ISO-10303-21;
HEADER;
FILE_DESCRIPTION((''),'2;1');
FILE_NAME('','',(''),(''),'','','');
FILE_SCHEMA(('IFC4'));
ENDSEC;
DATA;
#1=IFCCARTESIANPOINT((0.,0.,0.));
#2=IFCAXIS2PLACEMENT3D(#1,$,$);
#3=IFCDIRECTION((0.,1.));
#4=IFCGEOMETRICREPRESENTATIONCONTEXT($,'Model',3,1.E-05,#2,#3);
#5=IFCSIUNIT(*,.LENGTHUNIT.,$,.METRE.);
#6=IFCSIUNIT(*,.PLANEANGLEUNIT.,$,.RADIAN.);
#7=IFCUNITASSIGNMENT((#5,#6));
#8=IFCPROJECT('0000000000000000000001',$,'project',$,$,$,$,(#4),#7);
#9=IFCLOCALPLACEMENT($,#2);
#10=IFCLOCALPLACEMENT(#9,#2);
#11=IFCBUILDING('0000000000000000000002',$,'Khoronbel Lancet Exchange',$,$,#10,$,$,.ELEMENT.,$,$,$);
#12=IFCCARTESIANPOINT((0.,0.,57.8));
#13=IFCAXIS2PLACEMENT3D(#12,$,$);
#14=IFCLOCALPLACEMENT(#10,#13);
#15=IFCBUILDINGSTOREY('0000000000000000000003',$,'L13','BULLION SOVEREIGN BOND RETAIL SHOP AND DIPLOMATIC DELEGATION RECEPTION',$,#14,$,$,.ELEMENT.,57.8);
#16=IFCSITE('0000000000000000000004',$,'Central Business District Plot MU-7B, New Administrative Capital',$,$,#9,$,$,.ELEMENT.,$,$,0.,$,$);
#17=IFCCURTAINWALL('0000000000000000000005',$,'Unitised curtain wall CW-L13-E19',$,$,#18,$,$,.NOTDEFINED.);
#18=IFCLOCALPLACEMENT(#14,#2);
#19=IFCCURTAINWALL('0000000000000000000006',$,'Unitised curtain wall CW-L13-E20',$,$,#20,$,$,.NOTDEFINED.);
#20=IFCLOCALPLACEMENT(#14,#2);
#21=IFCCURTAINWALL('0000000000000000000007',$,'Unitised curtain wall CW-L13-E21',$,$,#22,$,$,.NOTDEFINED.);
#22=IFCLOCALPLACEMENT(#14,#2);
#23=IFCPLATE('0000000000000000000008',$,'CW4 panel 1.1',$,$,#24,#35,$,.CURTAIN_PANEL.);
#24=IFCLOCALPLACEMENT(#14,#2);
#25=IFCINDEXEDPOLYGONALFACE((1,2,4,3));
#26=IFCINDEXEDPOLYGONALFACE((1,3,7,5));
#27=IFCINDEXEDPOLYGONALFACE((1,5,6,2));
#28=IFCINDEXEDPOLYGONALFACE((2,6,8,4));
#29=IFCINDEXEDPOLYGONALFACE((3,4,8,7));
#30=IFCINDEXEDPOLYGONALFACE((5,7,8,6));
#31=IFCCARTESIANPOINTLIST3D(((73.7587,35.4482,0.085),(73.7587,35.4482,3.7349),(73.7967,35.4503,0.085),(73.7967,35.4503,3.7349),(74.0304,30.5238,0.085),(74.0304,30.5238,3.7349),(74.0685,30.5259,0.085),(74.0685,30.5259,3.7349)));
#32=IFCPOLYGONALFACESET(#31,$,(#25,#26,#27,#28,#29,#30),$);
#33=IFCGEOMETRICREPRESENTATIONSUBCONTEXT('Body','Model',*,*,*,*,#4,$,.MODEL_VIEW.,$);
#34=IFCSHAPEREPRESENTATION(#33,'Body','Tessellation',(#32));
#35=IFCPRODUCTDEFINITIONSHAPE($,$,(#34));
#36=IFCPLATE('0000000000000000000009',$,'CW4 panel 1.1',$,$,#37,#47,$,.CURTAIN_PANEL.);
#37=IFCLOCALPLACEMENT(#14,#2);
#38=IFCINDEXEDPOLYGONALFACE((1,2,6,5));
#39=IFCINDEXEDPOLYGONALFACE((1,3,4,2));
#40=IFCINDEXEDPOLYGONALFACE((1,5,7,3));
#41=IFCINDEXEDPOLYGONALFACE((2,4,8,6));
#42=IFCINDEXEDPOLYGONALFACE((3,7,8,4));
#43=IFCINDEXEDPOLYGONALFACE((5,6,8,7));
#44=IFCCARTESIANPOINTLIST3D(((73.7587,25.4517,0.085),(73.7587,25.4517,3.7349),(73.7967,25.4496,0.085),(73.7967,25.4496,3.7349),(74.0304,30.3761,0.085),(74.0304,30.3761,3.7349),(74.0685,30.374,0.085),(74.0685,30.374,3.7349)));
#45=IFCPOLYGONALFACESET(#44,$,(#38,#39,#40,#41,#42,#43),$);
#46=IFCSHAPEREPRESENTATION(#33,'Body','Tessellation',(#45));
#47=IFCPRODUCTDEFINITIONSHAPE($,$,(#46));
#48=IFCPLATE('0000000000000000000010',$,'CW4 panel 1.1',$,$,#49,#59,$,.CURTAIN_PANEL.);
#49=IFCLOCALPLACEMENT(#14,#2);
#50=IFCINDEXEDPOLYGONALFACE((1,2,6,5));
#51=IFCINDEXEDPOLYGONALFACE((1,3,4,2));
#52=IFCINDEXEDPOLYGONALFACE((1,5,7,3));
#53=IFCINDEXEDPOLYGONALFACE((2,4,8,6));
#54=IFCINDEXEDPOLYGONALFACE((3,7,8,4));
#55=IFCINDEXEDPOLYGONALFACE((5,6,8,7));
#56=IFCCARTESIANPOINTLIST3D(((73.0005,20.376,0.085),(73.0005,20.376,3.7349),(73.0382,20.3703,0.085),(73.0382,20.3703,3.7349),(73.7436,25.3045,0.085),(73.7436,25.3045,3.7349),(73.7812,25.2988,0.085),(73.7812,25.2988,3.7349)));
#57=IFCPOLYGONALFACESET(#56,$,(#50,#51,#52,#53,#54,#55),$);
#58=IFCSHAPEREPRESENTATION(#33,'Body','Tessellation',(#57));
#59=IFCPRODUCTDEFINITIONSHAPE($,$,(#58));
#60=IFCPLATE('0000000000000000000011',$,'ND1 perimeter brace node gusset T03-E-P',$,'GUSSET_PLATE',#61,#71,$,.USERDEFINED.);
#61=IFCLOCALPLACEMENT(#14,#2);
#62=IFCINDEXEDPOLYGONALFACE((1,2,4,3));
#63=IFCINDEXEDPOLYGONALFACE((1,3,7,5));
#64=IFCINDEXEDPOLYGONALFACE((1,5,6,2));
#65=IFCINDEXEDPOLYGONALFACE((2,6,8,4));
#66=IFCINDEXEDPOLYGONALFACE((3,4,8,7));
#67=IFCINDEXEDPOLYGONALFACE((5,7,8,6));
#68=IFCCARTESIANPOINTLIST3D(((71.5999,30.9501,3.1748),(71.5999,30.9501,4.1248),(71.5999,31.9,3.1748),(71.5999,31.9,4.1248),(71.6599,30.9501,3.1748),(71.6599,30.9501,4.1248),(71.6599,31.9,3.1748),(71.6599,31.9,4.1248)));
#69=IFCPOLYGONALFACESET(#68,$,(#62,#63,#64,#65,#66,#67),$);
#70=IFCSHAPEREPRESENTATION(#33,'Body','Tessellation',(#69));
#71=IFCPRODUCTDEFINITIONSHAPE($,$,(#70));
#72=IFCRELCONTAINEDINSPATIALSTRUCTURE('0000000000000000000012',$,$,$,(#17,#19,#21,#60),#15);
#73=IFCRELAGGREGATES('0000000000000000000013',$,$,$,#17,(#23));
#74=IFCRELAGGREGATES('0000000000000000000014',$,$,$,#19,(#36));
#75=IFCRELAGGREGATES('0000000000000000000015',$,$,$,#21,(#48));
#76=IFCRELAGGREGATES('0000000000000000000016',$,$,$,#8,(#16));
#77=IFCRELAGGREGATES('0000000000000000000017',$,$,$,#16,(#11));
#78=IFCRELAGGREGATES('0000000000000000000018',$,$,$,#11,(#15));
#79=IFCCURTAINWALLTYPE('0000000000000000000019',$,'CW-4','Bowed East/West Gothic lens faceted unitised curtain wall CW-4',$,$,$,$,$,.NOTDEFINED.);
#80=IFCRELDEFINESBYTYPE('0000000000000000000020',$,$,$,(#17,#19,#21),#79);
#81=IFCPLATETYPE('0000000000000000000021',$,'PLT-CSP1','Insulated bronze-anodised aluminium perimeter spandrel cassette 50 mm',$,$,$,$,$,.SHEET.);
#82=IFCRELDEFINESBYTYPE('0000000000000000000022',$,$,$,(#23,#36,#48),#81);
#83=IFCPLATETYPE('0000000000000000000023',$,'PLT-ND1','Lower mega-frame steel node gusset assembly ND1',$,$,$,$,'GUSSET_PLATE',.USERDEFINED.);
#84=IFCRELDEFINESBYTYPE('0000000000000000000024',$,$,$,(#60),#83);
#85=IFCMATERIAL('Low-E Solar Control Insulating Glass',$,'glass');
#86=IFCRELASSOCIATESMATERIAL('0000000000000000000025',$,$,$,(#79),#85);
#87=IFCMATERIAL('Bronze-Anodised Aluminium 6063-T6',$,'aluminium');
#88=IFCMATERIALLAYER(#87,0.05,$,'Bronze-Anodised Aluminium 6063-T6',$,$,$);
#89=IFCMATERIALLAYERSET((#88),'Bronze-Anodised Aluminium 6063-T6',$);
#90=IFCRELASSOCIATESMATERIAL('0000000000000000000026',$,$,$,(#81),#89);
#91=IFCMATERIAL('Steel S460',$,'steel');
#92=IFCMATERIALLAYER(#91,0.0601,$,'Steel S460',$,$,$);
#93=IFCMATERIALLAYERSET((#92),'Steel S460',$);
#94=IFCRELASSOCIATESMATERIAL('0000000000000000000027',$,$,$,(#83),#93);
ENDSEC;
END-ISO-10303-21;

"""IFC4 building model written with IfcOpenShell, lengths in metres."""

from ifc_helpers import new_model, si_unit, direction, frame, origin, origin_2d, place, context, subcontext, project, spatial, rectangle, extrude, material, layer, layer_set, type_object, element, aggregate, save


model = new_model("IFC4")

# Units and contexts
model_context = context("Model", 3, precision=1e-05, world=origin(), true_north=direction((0.0, 1.0)))
body_context = subcontext(model_context, "Body", "Model", "MODEL_VIEW")
ifc_project = project(units=[si_unit("LENGTHUNIT", "METRE"), si_unit("PLANEANGLEUNIT", "RADIAN")], contexts=[model_context])

# Site, building, storey
site_placement = place(None, origin())
site = spatial("IfcSite", under=ifc_project, at=site_placement, Name="Central Business District Plot MU-7B, New Administrative Capital", CompositionType="ELEMENT", RefElevation=0.0)
building_placement = place(site_placement, origin())
building = spatial("IfcBuilding", under=site, at=building_placement, Name="Khoronbel Lancet Exchange", CompositionType="ELEMENT")
storey_placement = place(building_placement, frame((0.0, 0.0, 57.8)))
storey = spatial("IfcBuildingStorey", under=building, at=storey_placement, Name="L13", Description="BULLION SOVEREIGN BOND RETAIL SHOP AND DIPLOMATIC DELEGATION RECEPTION", CompositionType="ELEMENT", Elevation=57.8)

# Shared definitions
ifc_material_1 = material(Name="Low-E Solar Control Insulating Glass", Category="glass")
curtain_wall_type = type_object("IfcCurtainWallType", Name="CW-4", Description="Bowed East/West Gothic lens faceted unitised curtain wall CW-4", PredefinedType="NOTDEFINED", material=ifc_material_1)
ifc_material_2 = material(Name="Bronze-Anodised Aluminium 6063-T6", Category="aluminium")

# Curtain walls
curtain_wall_1_placement = place(storey_placement, origin())
curtain_wall_1 = element("IfcCurtainWall", 1, at=curtain_wall_1_placement, inside=storey, type_object=curtain_wall_type, Name="Unitised curtain wall CW-L13-E19", PredefinedType="NOTDEFINED")
curtain_wall_2_placement = place(storey_placement, origin())
curtain_wall_2 = element("IfcCurtainWall", 2, at=curtain_wall_2_placement, inside=storey, type_object=curtain_wall_type, Name="Unitised curtain wall CW-L13-E20", PredefinedType="NOTDEFINED")

# Curtain wall
curtain_wall_3_placement = place(storey_placement, origin())
curtain_wall_3 = element("IfcCurtainWall", 3, at=curtain_wall_3_placement, inside=storey, type_object=curtain_wall_type, Name="Unitised curtain wall CW-L13-E21", PredefinedType="NOTDEFINED")

# Plates
ifc_layer_1 = layer(ifc_material_2, 0.05, Name="Bronze-Anodised Aluminium 6063-T6")
ifc_layer_set_1 = layer_set([ifc_layer_1], Name="Bronze-Anodised Aluminium 6063-T6")
plate_type_1 = type_object("IfcPlateType", Name="PLT-CSP1", Description="Insulated bronze-anodised aluminium perimeter spandrel cassette 50 mm", PredefinedType="SHEET", material=ifc_layer_set_1)
plate_1_placement = place(storey_placement, frame((73.9136, 32.9871, 0.085), z_axis=(0.0, 0.0, 1.0), x_axis=(0.055098, -0.998481, 0.0)))
plate_1 = element("IfcPlate", 4, at=plate_1_placement, type_object=plate_type_1, Name="CW4 panel 1.1", PredefinedType="CURTAIN_PANEL", context=body_context, shape_type="SweptSolid", body=[
    extrude(rectangle(XDim=4.9319, YDim=0.0381, at=origin_2d()), origin(), (0.0, 0.0, 1.0), 3.6499),
])
aggregate(curtain_wall_1, [plate_1])
plate_2_placement = place(storey_placement, frame((73.9136, 27.9128, 0.085), z_axis=(0.0, 0.0, 1.0), x_axis=(-0.055098, -0.998481, 0.0)))
plate_2 = element("IfcPlate", 5, at=plate_2_placement, type_object=plate_type_1, Name="CW4 panel 1.1", PredefinedType="CURTAIN_PANEL", context=body_context, shape_type="SweptSolid", body=[
    extrude(rectangle(XDim=4.9319, YDim=0.0381, at=origin_2d()), origin(), (0.0, 0.0, 1.0), 3.6499),
])
aggregate(curtain_wall_2, [plate_2])
plate_3_placement = place(storey_placement, frame((73.3909, 22.8374, 0.085), z_axis=(0.0, 0.0, 1.0), x_axis=(-0.14908, -0.988825, 0.0)))
plate_3 = element("IfcPlate", 6, at=plate_3_placement, type_object=plate_type_1, Name="CW4 panel 1.1", PredefinedType="CURTAIN_PANEL", context=body_context, shape_type="SweptSolid", body=[
    extrude(rectangle(XDim=4.9841, YDim=0.0381, at=origin_2d()), origin(), (0.0, 0.0, 1.0), 3.6499),
])
aggregate(curtain_wall_3, [plate_3])
ifc_material_3 = material(Name="Steel S460", Category="steel")
ifc_layer_2 = layer(ifc_material_3, 0.0601, Name="Steel S460")
ifc_layer_set_2 = layer_set([ifc_layer_2], Name="Steel S460")
plate_type_2 = type_object("IfcPlateType", Name="PLT-ND1", Description="Lower mega-frame steel node gusset assembly ND1", ElementType="GUSSET_PLATE", PredefinedType="USERDEFINED", material=ifc_layer_set_2)
plate_4_placement = place(storey_placement, frame((71.6299, 31.425, 3.1748), z_axis=(0.0, 0.0, 1.0), x_axis=(0.0, 1.0, 0.0)))
element("IfcPlate", 7, at=plate_4_placement, inside=storey, type_object=plate_type_2, Name="ND1 perimeter brace node gusset T03-E-P", ObjectType="GUSSET_PLATE", PredefinedType="USERDEFINED", context=body_context, shape_type="SweptSolid", body=[
    extrude(rectangle(XDim=0.95, YDim=0.0601, at=origin_2d()), origin(), (0.0, 0.0, 1.0), 0.95),
])

save(model, "model.ifc")
